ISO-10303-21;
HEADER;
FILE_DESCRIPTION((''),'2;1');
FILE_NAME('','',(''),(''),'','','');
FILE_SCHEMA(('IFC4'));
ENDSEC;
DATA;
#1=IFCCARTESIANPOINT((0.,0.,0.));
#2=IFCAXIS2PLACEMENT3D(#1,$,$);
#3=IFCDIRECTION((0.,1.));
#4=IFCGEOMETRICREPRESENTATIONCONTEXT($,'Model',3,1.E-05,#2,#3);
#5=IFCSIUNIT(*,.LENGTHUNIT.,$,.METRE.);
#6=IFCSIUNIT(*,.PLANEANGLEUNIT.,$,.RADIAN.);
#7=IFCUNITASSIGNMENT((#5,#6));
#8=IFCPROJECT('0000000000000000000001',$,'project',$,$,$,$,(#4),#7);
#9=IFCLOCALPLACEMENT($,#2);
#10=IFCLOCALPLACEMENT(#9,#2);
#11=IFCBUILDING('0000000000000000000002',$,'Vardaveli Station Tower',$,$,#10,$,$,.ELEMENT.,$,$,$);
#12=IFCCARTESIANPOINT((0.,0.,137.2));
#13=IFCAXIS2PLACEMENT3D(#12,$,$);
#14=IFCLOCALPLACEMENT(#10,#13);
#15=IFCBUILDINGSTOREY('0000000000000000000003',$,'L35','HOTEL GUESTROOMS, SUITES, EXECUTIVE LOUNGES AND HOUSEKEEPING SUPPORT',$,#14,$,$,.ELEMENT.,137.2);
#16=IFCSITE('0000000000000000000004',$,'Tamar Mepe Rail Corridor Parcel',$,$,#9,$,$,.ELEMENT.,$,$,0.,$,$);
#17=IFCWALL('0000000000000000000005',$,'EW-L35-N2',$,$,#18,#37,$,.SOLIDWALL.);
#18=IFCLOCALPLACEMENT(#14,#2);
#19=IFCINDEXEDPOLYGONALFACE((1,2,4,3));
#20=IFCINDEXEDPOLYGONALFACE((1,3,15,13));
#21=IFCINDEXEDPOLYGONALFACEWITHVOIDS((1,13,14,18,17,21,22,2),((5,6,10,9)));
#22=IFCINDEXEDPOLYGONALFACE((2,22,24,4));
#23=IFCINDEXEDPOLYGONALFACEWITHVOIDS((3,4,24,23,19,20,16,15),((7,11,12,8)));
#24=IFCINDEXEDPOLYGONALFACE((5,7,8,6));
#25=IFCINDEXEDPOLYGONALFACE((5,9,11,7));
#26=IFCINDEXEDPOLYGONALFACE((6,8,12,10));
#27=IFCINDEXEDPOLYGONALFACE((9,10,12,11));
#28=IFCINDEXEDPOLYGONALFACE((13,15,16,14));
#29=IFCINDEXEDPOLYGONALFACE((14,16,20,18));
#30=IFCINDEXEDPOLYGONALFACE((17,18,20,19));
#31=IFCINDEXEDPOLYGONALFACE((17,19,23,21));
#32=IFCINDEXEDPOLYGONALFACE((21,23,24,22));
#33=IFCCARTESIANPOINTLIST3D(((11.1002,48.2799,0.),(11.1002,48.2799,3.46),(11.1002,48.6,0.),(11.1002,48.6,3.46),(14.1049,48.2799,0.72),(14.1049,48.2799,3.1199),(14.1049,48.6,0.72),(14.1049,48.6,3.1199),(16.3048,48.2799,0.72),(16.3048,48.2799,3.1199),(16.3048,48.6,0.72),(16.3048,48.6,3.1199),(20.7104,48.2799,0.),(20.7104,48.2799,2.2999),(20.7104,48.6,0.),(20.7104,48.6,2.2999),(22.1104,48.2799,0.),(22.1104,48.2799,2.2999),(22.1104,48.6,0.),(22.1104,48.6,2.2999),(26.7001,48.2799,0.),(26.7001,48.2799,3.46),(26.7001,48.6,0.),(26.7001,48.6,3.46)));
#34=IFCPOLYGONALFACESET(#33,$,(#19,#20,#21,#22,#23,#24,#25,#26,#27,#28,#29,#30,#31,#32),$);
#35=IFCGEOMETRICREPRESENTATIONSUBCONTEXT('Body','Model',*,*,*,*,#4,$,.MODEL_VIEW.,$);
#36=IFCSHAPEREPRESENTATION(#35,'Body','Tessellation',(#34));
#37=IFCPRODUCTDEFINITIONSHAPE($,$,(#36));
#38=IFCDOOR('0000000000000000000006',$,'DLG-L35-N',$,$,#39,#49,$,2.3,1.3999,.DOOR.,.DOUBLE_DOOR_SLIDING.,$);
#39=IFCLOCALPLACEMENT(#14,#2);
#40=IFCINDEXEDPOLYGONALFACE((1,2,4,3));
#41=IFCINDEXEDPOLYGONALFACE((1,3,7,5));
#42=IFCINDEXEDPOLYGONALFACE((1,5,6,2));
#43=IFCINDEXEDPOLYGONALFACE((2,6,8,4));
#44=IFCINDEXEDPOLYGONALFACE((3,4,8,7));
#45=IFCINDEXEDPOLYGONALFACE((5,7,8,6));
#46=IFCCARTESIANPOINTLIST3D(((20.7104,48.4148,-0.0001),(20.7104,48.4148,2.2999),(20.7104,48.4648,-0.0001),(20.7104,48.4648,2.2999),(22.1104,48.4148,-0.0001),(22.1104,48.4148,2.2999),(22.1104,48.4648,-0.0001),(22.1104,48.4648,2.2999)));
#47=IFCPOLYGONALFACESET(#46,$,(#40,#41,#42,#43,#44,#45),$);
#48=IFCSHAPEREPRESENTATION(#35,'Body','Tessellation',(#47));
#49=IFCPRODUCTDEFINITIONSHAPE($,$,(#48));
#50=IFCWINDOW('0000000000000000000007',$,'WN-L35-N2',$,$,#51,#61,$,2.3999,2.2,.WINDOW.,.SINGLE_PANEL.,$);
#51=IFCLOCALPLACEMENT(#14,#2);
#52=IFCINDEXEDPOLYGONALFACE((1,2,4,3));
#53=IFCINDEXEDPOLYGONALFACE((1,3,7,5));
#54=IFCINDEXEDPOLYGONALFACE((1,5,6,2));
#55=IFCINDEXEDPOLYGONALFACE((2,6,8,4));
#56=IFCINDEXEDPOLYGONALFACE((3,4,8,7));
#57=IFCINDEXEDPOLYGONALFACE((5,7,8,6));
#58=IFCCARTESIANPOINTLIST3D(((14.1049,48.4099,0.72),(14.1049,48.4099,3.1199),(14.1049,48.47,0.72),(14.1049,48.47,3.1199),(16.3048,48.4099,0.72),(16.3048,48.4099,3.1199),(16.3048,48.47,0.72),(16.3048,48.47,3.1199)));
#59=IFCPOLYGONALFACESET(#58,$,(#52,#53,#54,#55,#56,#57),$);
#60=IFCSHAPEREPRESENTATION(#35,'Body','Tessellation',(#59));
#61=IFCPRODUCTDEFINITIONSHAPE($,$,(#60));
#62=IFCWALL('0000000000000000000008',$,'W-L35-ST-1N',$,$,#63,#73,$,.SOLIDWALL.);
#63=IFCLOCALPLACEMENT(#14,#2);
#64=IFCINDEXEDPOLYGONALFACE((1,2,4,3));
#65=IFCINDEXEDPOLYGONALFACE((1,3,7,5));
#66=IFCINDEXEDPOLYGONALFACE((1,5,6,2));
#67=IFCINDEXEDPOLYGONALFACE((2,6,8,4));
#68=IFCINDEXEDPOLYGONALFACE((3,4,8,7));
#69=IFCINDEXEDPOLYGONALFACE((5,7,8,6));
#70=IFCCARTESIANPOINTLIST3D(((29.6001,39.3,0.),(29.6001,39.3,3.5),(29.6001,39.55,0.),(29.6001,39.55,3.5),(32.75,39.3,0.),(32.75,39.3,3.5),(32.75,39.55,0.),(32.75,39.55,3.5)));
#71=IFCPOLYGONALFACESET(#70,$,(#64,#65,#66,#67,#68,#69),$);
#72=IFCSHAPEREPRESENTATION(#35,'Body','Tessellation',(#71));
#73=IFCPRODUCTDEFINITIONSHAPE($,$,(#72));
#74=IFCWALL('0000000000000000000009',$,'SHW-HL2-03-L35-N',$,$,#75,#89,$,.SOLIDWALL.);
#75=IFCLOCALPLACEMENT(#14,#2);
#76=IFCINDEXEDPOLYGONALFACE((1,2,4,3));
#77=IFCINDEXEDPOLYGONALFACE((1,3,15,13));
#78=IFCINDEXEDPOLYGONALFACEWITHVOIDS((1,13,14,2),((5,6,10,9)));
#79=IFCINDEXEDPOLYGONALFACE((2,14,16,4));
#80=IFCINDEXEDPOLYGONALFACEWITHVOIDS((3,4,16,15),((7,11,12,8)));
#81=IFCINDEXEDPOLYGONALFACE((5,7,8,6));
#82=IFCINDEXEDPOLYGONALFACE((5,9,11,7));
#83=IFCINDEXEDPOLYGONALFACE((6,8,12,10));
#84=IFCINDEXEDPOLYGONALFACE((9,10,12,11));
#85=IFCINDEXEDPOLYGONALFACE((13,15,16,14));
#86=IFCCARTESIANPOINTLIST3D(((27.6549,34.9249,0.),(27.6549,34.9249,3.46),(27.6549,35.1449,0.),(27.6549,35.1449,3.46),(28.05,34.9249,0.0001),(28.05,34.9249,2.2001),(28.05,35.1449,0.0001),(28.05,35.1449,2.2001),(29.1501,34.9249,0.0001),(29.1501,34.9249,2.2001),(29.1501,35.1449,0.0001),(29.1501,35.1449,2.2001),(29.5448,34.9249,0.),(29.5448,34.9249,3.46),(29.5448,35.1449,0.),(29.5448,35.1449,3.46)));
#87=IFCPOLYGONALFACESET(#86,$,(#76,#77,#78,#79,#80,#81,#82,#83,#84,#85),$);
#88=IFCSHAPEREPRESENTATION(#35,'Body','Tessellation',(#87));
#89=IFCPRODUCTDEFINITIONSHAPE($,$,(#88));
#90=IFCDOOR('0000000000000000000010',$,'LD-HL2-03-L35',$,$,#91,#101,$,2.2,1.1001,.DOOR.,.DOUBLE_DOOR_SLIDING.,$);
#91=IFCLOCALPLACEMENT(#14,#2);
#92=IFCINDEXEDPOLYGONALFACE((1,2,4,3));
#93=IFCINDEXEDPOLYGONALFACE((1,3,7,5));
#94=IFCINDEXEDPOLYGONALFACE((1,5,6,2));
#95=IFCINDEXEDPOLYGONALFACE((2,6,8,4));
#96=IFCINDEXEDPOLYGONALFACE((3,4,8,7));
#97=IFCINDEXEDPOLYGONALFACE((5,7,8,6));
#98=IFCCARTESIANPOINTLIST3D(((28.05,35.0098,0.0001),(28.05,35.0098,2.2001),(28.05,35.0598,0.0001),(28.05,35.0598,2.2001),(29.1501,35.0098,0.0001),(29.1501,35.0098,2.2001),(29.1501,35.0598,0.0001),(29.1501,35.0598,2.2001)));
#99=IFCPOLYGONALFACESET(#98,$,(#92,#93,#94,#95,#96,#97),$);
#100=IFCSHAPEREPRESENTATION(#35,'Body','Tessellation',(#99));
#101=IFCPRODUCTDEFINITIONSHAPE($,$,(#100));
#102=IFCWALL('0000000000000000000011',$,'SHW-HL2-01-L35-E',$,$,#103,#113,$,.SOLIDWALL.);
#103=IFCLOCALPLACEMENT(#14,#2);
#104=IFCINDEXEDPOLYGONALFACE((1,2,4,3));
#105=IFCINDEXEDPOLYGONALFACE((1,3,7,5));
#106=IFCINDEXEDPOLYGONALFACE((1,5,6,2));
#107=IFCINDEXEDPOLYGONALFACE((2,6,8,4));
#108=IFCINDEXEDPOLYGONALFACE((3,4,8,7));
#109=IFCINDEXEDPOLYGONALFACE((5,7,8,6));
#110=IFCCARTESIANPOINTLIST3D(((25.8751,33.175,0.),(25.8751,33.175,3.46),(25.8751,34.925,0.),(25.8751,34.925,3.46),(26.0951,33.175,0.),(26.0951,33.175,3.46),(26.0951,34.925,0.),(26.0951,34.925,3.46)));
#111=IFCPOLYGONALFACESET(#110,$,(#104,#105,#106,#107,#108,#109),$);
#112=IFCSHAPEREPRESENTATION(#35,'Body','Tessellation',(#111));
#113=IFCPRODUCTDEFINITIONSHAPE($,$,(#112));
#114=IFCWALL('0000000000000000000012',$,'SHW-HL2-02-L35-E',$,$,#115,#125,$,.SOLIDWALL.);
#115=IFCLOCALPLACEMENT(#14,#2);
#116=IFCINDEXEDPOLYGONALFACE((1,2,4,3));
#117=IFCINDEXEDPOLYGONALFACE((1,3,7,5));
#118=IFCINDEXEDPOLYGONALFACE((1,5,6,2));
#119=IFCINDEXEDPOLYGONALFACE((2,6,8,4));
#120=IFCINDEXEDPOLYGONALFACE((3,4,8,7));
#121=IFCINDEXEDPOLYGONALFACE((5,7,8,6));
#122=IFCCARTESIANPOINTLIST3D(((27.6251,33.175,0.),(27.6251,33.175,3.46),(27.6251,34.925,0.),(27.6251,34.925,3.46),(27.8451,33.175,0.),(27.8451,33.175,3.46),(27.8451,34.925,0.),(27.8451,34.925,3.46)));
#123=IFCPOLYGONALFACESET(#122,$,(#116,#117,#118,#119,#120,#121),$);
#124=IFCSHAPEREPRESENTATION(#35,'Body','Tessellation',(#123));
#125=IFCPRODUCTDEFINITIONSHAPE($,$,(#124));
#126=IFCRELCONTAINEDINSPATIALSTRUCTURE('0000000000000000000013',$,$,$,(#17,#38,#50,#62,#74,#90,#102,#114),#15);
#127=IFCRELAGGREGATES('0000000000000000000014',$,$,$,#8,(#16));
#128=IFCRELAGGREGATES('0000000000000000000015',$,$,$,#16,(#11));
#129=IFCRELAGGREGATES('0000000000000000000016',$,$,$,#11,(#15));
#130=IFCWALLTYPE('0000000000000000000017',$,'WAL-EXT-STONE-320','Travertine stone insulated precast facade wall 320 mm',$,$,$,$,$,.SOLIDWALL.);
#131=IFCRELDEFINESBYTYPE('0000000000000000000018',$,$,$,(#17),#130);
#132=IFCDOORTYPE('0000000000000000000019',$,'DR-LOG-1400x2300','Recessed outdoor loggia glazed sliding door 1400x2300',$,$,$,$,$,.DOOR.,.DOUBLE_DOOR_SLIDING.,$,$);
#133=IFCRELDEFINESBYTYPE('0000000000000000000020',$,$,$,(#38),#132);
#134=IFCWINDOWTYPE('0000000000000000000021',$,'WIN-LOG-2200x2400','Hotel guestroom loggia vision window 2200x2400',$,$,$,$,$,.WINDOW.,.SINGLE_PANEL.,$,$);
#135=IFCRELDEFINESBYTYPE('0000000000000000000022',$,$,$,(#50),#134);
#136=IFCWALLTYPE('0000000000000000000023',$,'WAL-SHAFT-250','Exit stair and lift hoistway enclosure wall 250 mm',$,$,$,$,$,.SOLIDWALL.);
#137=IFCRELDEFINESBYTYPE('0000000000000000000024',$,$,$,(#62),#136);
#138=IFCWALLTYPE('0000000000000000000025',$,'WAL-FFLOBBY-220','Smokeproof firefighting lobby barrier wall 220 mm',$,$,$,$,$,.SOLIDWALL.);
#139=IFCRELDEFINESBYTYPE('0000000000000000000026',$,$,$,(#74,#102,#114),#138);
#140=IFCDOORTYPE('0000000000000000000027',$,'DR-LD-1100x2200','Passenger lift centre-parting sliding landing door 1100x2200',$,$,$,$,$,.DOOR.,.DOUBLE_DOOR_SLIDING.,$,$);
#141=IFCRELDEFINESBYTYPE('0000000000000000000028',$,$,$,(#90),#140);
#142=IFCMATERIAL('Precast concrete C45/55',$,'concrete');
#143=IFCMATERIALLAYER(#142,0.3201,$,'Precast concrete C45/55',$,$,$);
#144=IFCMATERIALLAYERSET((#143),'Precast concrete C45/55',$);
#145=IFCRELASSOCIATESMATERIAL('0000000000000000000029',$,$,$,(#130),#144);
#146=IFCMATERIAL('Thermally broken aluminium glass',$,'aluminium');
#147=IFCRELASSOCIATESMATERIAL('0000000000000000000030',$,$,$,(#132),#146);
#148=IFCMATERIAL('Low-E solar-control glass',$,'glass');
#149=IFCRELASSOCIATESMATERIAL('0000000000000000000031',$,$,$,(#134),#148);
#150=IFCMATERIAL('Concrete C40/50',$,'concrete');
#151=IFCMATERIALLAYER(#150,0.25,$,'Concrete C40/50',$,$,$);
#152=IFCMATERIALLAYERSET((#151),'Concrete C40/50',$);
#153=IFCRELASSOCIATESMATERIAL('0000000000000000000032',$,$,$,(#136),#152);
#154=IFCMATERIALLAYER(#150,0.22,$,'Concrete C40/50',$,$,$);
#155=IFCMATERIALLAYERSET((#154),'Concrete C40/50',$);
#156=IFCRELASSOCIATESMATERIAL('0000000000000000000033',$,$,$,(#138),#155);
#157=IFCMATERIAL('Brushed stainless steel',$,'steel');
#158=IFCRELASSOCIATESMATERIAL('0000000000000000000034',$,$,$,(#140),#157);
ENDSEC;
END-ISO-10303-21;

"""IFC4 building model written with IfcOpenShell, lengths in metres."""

from ifc_helpers import new_model, si_unit, direction, frame, frame_2d, origin, place, context, subcontext, project, spatial, rectangle, extrude, source, transform, mapped, material, layer, layer_set, type_object, element, fill, save


model = new_model("IFC4")

# Units and contexts
model_context = context("Model", 3, precision=1e-05, world=origin(), true_north=direction((0.0, 1.0)))
body_context = subcontext(model_context, "Body", "Model", "MODEL_VIEW")
ifc_project = project(units=[si_unit("LENGTHUNIT", "METRE"), si_unit("PLANEANGLEUNIT", "RADIAN")], contexts=[model_context])

# Site, building, storey
site_placement = place(None, origin())
site = spatial("IfcSite", under=ifc_project, at=site_placement, Name="Tamar Mepe Rail Corridor Parcel", CompositionType="ELEMENT", RefElevation=0.0)
building_placement = place(site_placement, origin())
building = spatial("IfcBuilding", under=site, at=building_placement, Name="Vardaveli Station Tower", CompositionType="ELEMENT")
storey_placement = place(building_placement, frame((0.0, 0.0, 137.2)))
storey = spatial("IfcBuildingStorey", under=building, at=storey_placement, Name="L35", Description="HOTEL GUESTROOMS, SUITES, EXECUTIVE LOUNGES AND HOUSEKEEPING SUPPORT", CompositionType="ELEMENT", Elevation=137.2)

# Shared definitions
ifc_material_1 = material(Name="Precast concrete C45/55", Category="concrete")

# Wall, openings, door, window
ifc_layer_1 = layer(ifc_material_1, 0.3201, Name="Precast concrete C45/55")
ifc_layer_set_1 = layer_set([ifc_layer_1], Name="Precast concrete C45/55")
wall_type_1 = type_object("IfcWallType", Name="WAL-EXT-STONE-320", Description="Travertine stone insulated precast facade wall 320 mm", PredefinedType="SOLIDWALL", material=ifc_layer_set_1)
shared_shape_1 = source(origin(), body_context, "Body", "SweptSolid", [
    extrude(rectangle(XDim=15.5999, YDim=0.3201, at=frame_2d((7.7998, 0.0))), origin(), (0.0, 0.0, 1.0), 3.46),
])
wall_1_placement = place(storey_placement, frame((26.7, 48.4399, 0.0), z_axis=(0.0, 0.0, 1.0), x_axis=(-1.0, 0.0, 0.0)))
wall_1 = element("IfcWall", 1, at=wall_1_placement, inside=storey, type_object=wall_type_1, Name="EW-L35-N2", PredefinedType="SOLIDWALL", context=body_context, shape_type="MappedRepresentation", body=[
    mapped(shared_shape_1, transform((0.0, 0.0, 0.0), scale=1.0)),
])
shared_shape_2 = source(origin(), body_context, "Body", "SweptSolid", [
    extrude(rectangle(XDim=1.3999, YDim=2.3, at=frame_2d((0.7, 1.1499))), frame((0.0, 0.1699, 0.0), z_axis=(0.0, -1.0, 0.0), x_axis=(1.0, 0.0, 0.0)), (0.0, 0.0, 1.0), 0.3401),
])
opening_1_placement = place(wall_1_placement, frame((4.5896, 0.0, 0.0)))
opening_1 = element("IfcOpeningElement", 2, at=opening_1_placement, cuts=wall_1, PredefinedType="OPENING", context=body_context, shape_type="MappedRepresentation", body=[
    mapped(shared_shape_2, transform((0.0, 0.0, 0.0), scale=1.0)),
])
shared_shape_3 = source(origin(), body_context, "Body", "SweptSolid", [
    extrude(rectangle(XDim=2.2, YDim=2.3999, at=frame_2d((1.1001, 1.2))), frame((0.0, 0.1699, 0.0), z_axis=(0.0, -1.0, 0.0), x_axis=(1.0, 0.0, 0.0)), (0.0, 0.0, 1.0), 0.3401),
])
opening_2_placement = place(wall_1_placement, frame((10.395, 0.0, 0.72)))
opening_2 = element("IfcOpeningElement", 3, at=opening_2_placement, cuts=wall_1, PredefinedType="OPENING", context=body_context, shape_type="MappedRepresentation", body=[
    mapped(shared_shape_3, transform((0.0, 0.0, 0.0), scale=1.0)),
])
ifc_material_2 = material(Name="Thermally broken aluminium glass", Category="aluminium")
door_type_1 = type_object("IfcDoorType", Name="DR-LOG-1400x2300", Description="Recessed outdoor loggia glazed sliding door 1400x2300", OperationType="DOUBLE_DOOR_SLIDING", PredefinedType="DOOR", material=ifc_material_2)
shared_shape_4 = source(origin(), body_context, "Body", "SweptSolid", [
    extrude(rectangle(XDim=1.3999, YDim=2.3, at=frame_2d((0.7, 1.1499))), frame((0.0, 0.0249, 0.0), z_axis=(0.0, -1.0, 0.0), x_axis=(1.0, 0.0, 0.0)), (0.0, 0.0, 1.0), 0.05),
])
door_1_placement = place(opening_1_placement, frame((1.3999, 0.0, 0.0), z_axis=(0.0, 0.0, 1.0), x_axis=(-1.0, 0.0, 0.0)))
door_1 = element("IfcDoor", 4, at=door_1_placement, inside=storey, type_object=door_type_1, Name="DLG-L35-N", OperationType="DOUBLE_DOOR_SLIDING", OverallHeight=2.3, OverallWidth=1.3999, PredefinedType="DOOR", context=body_context, shape_type="MappedRepresentation", body=[
    mapped(shared_shape_4, transform((0.0, 0.0, 0.0), scale=1.0)),
])
fill(opening_1, door_1)
ifc_material_3 = material(Name="Low-E solar-control glass", Category="glass")
window_type = type_object("IfcWindowType", Name="WIN-LOG-2200x2400", Description="Hotel guestroom loggia vision window 2200x2400", PartitioningType="SINGLE_PANEL", PredefinedType="WINDOW", material=ifc_material_3)
shared_shape_5 = source(origin(), body_context, "Body", "SweptSolid", [
    extrude(rectangle(XDim=2.2, YDim=2.3999, at=frame_2d((1.1001, 1.2))), frame((0.0, 0.03, 0.0), z_axis=(0.0, -1.0, 0.0), x_axis=(1.0, 0.0, 0.0)), (0.0, 0.0, 1.0), 0.0601),
])
window_placement = place(opening_2_placement, origin())
window = element("IfcWindow", 5, at=window_placement, inside=storey, type_object=window_type, Name="WN-L35-N2", OverallHeight=2.3999, OverallWidth=2.2, PartitioningType="SINGLE_PANEL", PredefinedType="WINDOW", context=body_context, shape_type="MappedRepresentation", body=[
    mapped(shared_shape_5, transform((0.0, 0.0, 0.0), scale=1.0)),
])
fill(opening_2, window)

# Wall
ifc_material_4 = material(Name="Concrete C40/50", Category="concrete")
ifc_layer_2 = layer(ifc_material_4, 0.25, Name="Concrete C40/50")
ifc_layer_set_2 = layer_set([ifc_layer_2], Name="Concrete C40/50")
wall_type_2 = type_object("IfcWallType", Name="WAL-SHAFT-250", Description="Exit stair and lift hoistway enclosure wall 250 mm", PredefinedType="SOLIDWALL", material=ifc_layer_set_2)
shared_shape_6 = source(origin(), body_context, "Body", "SweptSolid", [
    extrude(rectangle(XDim=3.1499, YDim=0.25, at=frame_2d((1.575, 0.0))), origin(), (0.0, 0.0, 1.0), 3.5),
])
wall_2_placement = place(storey_placement, frame((29.6001, 39.425, 0.0), z_axis=(0.0, 0.0, 1.0), x_axis=(1.0, 0.0, 0.0)))
element("IfcWall", 6, at=wall_2_placement, inside=storey, type_object=wall_type_2, Name="W-L35-ST-1N", PredefinedType="SOLIDWALL", context=body_context, shape_type="MappedRepresentation", body=[
    mapped(shared_shape_6, transform((0.0, 0.0, 0.0), scale=1.0)),
])

# Wall, opening, door
ifc_layer_3 = layer(ifc_material_4, 0.22, Name="Concrete C40/50")
ifc_layer_set_3 = layer_set([ifc_layer_3], Name="Concrete C40/50")
wall_type_3 = type_object("IfcWallType", Name="WAL-FFLOBBY-220", Description="Smokeproof firefighting lobby barrier wall 220 mm", PredefinedType="SOLIDWALL", material=ifc_layer_set_3)
shared_shape_7 = source(origin(), body_context, "Body", "SweptSolid", [
    extrude(rectangle(XDim=1.8899, YDim=0.22, at=frame_2d((0.9448, 0.0))), origin(), (0.0, 0.0, 1.0), 3.46),
])
wall_3_placement = place(storey_placement, frame((27.655, 35.0349, 0.0), z_axis=(0.0, 0.0, 1.0), x_axis=(1.0, 0.0, 0.0)))
wall_3 = element("IfcWall", 7, at=wall_3_placement, inside=storey, type_object=wall_type_3, Name="SHW-HL2-03-L35-N", PredefinedType="SOLIDWALL", context=body_context, shape_type="MappedRepresentation", body=[
    mapped(shared_shape_7, transform((0.0, 0.0, 0.0), scale=1.0)),
])
shared_shape_8 = source(origin(), body_context, "Body", "SweptSolid", [
    extrude(rectangle(XDim=1.1001, YDim=2.2, at=frame_2d((0.55, 1.1001))), frame((0.0, 0.1201, 0.0), z_axis=(0.0, -1.0, 0.0), x_axis=(1.0, 0.0, 0.0)), (0.0, 0.0, 1.0), 0.24),
])
opening_3_placement = place(wall_3_placement, frame((0.395, 0.0, 0.0)))
opening_3 = element("IfcOpeningElement", 8, at=opening_3_placement, cuts=wall_3, PredefinedType="OPENING", context=body_context, shape_type="MappedRepresentation", body=[
    mapped(shared_shape_8, transform((0.0, 0.0, 0.0), scale=1.0)),
])
ifc_material_5 = material(Name="Brushed stainless steel", Category="steel")
door_type_2 = type_object("IfcDoorType", Name="DR-LD-1100x2200", Description="Passenger lift centre-parting sliding landing door 1100x2200", OperationType="DOUBLE_DOOR_SLIDING", PredefinedType="DOOR", material=ifc_material_5)
shared_shape_9 = source(origin(), body_context, "Body", "SweptSolid", [
    extrude(rectangle(XDim=1.1001, YDim=2.2, at=frame_2d((0.55, 1.1001))), frame((0.0, 0.0249, 0.0), z_axis=(0.0, -1.0, 0.0), x_axis=(1.0, 0.0, 0.0)), (0.0, 0.0, 1.0), 0.05),
])
door_2_placement = place(opening_3_placement, origin())
door_2 = element("IfcDoor", 9, at=door_2_placement, inside=storey, type_object=door_type_2, Name="LD-HL2-03-L35", OperationType="DOUBLE_DOOR_SLIDING", OverallHeight=2.2, OverallWidth=1.1001, PredefinedType="DOOR", context=body_context, shape_type="MappedRepresentation", body=[
    mapped(shared_shape_9, transform((0.0, 0.0, 0.0), scale=1.0)),
])
fill(opening_3, door_2)

# Walls
shared_shape_10 = source(origin(), body_context, "Body", "SweptSolid", [
    extrude(rectangle(XDim=1.75, YDim=0.22, at=frame_2d((0.875, 0.0))), origin(), (0.0, 0.0, 1.0), 3.46),
])
for number, where, z_axis, x_axis, name in (
    (10, (25.9851, 33.175, 0.0), (0.0, 0.0, 1.0), (0.0, 1.0, 0.0), "SHW-HL2-01-L35-E"),
    (11, (27.7351, 33.175, 0.0), (0.0, 0.0, 1.0), (0.0, 1.0, 0.0), "SHW-HL2-02-L35-E"),
):
    element("IfcWall", number, at=place(storey_placement, frame(where, z_axis=z_axis, x_axis=x_axis)), inside=storey, type_object=wall_type_3, Name=name, PredefinedType="SOLIDWALL", context=body_context, shape_type="MappedRepresentation", body=[
        mapped(shared_shape_10, transform((0.0, 0.0, 0.0), scale=1.0)),
    ])

save(model, "model.ifc")
